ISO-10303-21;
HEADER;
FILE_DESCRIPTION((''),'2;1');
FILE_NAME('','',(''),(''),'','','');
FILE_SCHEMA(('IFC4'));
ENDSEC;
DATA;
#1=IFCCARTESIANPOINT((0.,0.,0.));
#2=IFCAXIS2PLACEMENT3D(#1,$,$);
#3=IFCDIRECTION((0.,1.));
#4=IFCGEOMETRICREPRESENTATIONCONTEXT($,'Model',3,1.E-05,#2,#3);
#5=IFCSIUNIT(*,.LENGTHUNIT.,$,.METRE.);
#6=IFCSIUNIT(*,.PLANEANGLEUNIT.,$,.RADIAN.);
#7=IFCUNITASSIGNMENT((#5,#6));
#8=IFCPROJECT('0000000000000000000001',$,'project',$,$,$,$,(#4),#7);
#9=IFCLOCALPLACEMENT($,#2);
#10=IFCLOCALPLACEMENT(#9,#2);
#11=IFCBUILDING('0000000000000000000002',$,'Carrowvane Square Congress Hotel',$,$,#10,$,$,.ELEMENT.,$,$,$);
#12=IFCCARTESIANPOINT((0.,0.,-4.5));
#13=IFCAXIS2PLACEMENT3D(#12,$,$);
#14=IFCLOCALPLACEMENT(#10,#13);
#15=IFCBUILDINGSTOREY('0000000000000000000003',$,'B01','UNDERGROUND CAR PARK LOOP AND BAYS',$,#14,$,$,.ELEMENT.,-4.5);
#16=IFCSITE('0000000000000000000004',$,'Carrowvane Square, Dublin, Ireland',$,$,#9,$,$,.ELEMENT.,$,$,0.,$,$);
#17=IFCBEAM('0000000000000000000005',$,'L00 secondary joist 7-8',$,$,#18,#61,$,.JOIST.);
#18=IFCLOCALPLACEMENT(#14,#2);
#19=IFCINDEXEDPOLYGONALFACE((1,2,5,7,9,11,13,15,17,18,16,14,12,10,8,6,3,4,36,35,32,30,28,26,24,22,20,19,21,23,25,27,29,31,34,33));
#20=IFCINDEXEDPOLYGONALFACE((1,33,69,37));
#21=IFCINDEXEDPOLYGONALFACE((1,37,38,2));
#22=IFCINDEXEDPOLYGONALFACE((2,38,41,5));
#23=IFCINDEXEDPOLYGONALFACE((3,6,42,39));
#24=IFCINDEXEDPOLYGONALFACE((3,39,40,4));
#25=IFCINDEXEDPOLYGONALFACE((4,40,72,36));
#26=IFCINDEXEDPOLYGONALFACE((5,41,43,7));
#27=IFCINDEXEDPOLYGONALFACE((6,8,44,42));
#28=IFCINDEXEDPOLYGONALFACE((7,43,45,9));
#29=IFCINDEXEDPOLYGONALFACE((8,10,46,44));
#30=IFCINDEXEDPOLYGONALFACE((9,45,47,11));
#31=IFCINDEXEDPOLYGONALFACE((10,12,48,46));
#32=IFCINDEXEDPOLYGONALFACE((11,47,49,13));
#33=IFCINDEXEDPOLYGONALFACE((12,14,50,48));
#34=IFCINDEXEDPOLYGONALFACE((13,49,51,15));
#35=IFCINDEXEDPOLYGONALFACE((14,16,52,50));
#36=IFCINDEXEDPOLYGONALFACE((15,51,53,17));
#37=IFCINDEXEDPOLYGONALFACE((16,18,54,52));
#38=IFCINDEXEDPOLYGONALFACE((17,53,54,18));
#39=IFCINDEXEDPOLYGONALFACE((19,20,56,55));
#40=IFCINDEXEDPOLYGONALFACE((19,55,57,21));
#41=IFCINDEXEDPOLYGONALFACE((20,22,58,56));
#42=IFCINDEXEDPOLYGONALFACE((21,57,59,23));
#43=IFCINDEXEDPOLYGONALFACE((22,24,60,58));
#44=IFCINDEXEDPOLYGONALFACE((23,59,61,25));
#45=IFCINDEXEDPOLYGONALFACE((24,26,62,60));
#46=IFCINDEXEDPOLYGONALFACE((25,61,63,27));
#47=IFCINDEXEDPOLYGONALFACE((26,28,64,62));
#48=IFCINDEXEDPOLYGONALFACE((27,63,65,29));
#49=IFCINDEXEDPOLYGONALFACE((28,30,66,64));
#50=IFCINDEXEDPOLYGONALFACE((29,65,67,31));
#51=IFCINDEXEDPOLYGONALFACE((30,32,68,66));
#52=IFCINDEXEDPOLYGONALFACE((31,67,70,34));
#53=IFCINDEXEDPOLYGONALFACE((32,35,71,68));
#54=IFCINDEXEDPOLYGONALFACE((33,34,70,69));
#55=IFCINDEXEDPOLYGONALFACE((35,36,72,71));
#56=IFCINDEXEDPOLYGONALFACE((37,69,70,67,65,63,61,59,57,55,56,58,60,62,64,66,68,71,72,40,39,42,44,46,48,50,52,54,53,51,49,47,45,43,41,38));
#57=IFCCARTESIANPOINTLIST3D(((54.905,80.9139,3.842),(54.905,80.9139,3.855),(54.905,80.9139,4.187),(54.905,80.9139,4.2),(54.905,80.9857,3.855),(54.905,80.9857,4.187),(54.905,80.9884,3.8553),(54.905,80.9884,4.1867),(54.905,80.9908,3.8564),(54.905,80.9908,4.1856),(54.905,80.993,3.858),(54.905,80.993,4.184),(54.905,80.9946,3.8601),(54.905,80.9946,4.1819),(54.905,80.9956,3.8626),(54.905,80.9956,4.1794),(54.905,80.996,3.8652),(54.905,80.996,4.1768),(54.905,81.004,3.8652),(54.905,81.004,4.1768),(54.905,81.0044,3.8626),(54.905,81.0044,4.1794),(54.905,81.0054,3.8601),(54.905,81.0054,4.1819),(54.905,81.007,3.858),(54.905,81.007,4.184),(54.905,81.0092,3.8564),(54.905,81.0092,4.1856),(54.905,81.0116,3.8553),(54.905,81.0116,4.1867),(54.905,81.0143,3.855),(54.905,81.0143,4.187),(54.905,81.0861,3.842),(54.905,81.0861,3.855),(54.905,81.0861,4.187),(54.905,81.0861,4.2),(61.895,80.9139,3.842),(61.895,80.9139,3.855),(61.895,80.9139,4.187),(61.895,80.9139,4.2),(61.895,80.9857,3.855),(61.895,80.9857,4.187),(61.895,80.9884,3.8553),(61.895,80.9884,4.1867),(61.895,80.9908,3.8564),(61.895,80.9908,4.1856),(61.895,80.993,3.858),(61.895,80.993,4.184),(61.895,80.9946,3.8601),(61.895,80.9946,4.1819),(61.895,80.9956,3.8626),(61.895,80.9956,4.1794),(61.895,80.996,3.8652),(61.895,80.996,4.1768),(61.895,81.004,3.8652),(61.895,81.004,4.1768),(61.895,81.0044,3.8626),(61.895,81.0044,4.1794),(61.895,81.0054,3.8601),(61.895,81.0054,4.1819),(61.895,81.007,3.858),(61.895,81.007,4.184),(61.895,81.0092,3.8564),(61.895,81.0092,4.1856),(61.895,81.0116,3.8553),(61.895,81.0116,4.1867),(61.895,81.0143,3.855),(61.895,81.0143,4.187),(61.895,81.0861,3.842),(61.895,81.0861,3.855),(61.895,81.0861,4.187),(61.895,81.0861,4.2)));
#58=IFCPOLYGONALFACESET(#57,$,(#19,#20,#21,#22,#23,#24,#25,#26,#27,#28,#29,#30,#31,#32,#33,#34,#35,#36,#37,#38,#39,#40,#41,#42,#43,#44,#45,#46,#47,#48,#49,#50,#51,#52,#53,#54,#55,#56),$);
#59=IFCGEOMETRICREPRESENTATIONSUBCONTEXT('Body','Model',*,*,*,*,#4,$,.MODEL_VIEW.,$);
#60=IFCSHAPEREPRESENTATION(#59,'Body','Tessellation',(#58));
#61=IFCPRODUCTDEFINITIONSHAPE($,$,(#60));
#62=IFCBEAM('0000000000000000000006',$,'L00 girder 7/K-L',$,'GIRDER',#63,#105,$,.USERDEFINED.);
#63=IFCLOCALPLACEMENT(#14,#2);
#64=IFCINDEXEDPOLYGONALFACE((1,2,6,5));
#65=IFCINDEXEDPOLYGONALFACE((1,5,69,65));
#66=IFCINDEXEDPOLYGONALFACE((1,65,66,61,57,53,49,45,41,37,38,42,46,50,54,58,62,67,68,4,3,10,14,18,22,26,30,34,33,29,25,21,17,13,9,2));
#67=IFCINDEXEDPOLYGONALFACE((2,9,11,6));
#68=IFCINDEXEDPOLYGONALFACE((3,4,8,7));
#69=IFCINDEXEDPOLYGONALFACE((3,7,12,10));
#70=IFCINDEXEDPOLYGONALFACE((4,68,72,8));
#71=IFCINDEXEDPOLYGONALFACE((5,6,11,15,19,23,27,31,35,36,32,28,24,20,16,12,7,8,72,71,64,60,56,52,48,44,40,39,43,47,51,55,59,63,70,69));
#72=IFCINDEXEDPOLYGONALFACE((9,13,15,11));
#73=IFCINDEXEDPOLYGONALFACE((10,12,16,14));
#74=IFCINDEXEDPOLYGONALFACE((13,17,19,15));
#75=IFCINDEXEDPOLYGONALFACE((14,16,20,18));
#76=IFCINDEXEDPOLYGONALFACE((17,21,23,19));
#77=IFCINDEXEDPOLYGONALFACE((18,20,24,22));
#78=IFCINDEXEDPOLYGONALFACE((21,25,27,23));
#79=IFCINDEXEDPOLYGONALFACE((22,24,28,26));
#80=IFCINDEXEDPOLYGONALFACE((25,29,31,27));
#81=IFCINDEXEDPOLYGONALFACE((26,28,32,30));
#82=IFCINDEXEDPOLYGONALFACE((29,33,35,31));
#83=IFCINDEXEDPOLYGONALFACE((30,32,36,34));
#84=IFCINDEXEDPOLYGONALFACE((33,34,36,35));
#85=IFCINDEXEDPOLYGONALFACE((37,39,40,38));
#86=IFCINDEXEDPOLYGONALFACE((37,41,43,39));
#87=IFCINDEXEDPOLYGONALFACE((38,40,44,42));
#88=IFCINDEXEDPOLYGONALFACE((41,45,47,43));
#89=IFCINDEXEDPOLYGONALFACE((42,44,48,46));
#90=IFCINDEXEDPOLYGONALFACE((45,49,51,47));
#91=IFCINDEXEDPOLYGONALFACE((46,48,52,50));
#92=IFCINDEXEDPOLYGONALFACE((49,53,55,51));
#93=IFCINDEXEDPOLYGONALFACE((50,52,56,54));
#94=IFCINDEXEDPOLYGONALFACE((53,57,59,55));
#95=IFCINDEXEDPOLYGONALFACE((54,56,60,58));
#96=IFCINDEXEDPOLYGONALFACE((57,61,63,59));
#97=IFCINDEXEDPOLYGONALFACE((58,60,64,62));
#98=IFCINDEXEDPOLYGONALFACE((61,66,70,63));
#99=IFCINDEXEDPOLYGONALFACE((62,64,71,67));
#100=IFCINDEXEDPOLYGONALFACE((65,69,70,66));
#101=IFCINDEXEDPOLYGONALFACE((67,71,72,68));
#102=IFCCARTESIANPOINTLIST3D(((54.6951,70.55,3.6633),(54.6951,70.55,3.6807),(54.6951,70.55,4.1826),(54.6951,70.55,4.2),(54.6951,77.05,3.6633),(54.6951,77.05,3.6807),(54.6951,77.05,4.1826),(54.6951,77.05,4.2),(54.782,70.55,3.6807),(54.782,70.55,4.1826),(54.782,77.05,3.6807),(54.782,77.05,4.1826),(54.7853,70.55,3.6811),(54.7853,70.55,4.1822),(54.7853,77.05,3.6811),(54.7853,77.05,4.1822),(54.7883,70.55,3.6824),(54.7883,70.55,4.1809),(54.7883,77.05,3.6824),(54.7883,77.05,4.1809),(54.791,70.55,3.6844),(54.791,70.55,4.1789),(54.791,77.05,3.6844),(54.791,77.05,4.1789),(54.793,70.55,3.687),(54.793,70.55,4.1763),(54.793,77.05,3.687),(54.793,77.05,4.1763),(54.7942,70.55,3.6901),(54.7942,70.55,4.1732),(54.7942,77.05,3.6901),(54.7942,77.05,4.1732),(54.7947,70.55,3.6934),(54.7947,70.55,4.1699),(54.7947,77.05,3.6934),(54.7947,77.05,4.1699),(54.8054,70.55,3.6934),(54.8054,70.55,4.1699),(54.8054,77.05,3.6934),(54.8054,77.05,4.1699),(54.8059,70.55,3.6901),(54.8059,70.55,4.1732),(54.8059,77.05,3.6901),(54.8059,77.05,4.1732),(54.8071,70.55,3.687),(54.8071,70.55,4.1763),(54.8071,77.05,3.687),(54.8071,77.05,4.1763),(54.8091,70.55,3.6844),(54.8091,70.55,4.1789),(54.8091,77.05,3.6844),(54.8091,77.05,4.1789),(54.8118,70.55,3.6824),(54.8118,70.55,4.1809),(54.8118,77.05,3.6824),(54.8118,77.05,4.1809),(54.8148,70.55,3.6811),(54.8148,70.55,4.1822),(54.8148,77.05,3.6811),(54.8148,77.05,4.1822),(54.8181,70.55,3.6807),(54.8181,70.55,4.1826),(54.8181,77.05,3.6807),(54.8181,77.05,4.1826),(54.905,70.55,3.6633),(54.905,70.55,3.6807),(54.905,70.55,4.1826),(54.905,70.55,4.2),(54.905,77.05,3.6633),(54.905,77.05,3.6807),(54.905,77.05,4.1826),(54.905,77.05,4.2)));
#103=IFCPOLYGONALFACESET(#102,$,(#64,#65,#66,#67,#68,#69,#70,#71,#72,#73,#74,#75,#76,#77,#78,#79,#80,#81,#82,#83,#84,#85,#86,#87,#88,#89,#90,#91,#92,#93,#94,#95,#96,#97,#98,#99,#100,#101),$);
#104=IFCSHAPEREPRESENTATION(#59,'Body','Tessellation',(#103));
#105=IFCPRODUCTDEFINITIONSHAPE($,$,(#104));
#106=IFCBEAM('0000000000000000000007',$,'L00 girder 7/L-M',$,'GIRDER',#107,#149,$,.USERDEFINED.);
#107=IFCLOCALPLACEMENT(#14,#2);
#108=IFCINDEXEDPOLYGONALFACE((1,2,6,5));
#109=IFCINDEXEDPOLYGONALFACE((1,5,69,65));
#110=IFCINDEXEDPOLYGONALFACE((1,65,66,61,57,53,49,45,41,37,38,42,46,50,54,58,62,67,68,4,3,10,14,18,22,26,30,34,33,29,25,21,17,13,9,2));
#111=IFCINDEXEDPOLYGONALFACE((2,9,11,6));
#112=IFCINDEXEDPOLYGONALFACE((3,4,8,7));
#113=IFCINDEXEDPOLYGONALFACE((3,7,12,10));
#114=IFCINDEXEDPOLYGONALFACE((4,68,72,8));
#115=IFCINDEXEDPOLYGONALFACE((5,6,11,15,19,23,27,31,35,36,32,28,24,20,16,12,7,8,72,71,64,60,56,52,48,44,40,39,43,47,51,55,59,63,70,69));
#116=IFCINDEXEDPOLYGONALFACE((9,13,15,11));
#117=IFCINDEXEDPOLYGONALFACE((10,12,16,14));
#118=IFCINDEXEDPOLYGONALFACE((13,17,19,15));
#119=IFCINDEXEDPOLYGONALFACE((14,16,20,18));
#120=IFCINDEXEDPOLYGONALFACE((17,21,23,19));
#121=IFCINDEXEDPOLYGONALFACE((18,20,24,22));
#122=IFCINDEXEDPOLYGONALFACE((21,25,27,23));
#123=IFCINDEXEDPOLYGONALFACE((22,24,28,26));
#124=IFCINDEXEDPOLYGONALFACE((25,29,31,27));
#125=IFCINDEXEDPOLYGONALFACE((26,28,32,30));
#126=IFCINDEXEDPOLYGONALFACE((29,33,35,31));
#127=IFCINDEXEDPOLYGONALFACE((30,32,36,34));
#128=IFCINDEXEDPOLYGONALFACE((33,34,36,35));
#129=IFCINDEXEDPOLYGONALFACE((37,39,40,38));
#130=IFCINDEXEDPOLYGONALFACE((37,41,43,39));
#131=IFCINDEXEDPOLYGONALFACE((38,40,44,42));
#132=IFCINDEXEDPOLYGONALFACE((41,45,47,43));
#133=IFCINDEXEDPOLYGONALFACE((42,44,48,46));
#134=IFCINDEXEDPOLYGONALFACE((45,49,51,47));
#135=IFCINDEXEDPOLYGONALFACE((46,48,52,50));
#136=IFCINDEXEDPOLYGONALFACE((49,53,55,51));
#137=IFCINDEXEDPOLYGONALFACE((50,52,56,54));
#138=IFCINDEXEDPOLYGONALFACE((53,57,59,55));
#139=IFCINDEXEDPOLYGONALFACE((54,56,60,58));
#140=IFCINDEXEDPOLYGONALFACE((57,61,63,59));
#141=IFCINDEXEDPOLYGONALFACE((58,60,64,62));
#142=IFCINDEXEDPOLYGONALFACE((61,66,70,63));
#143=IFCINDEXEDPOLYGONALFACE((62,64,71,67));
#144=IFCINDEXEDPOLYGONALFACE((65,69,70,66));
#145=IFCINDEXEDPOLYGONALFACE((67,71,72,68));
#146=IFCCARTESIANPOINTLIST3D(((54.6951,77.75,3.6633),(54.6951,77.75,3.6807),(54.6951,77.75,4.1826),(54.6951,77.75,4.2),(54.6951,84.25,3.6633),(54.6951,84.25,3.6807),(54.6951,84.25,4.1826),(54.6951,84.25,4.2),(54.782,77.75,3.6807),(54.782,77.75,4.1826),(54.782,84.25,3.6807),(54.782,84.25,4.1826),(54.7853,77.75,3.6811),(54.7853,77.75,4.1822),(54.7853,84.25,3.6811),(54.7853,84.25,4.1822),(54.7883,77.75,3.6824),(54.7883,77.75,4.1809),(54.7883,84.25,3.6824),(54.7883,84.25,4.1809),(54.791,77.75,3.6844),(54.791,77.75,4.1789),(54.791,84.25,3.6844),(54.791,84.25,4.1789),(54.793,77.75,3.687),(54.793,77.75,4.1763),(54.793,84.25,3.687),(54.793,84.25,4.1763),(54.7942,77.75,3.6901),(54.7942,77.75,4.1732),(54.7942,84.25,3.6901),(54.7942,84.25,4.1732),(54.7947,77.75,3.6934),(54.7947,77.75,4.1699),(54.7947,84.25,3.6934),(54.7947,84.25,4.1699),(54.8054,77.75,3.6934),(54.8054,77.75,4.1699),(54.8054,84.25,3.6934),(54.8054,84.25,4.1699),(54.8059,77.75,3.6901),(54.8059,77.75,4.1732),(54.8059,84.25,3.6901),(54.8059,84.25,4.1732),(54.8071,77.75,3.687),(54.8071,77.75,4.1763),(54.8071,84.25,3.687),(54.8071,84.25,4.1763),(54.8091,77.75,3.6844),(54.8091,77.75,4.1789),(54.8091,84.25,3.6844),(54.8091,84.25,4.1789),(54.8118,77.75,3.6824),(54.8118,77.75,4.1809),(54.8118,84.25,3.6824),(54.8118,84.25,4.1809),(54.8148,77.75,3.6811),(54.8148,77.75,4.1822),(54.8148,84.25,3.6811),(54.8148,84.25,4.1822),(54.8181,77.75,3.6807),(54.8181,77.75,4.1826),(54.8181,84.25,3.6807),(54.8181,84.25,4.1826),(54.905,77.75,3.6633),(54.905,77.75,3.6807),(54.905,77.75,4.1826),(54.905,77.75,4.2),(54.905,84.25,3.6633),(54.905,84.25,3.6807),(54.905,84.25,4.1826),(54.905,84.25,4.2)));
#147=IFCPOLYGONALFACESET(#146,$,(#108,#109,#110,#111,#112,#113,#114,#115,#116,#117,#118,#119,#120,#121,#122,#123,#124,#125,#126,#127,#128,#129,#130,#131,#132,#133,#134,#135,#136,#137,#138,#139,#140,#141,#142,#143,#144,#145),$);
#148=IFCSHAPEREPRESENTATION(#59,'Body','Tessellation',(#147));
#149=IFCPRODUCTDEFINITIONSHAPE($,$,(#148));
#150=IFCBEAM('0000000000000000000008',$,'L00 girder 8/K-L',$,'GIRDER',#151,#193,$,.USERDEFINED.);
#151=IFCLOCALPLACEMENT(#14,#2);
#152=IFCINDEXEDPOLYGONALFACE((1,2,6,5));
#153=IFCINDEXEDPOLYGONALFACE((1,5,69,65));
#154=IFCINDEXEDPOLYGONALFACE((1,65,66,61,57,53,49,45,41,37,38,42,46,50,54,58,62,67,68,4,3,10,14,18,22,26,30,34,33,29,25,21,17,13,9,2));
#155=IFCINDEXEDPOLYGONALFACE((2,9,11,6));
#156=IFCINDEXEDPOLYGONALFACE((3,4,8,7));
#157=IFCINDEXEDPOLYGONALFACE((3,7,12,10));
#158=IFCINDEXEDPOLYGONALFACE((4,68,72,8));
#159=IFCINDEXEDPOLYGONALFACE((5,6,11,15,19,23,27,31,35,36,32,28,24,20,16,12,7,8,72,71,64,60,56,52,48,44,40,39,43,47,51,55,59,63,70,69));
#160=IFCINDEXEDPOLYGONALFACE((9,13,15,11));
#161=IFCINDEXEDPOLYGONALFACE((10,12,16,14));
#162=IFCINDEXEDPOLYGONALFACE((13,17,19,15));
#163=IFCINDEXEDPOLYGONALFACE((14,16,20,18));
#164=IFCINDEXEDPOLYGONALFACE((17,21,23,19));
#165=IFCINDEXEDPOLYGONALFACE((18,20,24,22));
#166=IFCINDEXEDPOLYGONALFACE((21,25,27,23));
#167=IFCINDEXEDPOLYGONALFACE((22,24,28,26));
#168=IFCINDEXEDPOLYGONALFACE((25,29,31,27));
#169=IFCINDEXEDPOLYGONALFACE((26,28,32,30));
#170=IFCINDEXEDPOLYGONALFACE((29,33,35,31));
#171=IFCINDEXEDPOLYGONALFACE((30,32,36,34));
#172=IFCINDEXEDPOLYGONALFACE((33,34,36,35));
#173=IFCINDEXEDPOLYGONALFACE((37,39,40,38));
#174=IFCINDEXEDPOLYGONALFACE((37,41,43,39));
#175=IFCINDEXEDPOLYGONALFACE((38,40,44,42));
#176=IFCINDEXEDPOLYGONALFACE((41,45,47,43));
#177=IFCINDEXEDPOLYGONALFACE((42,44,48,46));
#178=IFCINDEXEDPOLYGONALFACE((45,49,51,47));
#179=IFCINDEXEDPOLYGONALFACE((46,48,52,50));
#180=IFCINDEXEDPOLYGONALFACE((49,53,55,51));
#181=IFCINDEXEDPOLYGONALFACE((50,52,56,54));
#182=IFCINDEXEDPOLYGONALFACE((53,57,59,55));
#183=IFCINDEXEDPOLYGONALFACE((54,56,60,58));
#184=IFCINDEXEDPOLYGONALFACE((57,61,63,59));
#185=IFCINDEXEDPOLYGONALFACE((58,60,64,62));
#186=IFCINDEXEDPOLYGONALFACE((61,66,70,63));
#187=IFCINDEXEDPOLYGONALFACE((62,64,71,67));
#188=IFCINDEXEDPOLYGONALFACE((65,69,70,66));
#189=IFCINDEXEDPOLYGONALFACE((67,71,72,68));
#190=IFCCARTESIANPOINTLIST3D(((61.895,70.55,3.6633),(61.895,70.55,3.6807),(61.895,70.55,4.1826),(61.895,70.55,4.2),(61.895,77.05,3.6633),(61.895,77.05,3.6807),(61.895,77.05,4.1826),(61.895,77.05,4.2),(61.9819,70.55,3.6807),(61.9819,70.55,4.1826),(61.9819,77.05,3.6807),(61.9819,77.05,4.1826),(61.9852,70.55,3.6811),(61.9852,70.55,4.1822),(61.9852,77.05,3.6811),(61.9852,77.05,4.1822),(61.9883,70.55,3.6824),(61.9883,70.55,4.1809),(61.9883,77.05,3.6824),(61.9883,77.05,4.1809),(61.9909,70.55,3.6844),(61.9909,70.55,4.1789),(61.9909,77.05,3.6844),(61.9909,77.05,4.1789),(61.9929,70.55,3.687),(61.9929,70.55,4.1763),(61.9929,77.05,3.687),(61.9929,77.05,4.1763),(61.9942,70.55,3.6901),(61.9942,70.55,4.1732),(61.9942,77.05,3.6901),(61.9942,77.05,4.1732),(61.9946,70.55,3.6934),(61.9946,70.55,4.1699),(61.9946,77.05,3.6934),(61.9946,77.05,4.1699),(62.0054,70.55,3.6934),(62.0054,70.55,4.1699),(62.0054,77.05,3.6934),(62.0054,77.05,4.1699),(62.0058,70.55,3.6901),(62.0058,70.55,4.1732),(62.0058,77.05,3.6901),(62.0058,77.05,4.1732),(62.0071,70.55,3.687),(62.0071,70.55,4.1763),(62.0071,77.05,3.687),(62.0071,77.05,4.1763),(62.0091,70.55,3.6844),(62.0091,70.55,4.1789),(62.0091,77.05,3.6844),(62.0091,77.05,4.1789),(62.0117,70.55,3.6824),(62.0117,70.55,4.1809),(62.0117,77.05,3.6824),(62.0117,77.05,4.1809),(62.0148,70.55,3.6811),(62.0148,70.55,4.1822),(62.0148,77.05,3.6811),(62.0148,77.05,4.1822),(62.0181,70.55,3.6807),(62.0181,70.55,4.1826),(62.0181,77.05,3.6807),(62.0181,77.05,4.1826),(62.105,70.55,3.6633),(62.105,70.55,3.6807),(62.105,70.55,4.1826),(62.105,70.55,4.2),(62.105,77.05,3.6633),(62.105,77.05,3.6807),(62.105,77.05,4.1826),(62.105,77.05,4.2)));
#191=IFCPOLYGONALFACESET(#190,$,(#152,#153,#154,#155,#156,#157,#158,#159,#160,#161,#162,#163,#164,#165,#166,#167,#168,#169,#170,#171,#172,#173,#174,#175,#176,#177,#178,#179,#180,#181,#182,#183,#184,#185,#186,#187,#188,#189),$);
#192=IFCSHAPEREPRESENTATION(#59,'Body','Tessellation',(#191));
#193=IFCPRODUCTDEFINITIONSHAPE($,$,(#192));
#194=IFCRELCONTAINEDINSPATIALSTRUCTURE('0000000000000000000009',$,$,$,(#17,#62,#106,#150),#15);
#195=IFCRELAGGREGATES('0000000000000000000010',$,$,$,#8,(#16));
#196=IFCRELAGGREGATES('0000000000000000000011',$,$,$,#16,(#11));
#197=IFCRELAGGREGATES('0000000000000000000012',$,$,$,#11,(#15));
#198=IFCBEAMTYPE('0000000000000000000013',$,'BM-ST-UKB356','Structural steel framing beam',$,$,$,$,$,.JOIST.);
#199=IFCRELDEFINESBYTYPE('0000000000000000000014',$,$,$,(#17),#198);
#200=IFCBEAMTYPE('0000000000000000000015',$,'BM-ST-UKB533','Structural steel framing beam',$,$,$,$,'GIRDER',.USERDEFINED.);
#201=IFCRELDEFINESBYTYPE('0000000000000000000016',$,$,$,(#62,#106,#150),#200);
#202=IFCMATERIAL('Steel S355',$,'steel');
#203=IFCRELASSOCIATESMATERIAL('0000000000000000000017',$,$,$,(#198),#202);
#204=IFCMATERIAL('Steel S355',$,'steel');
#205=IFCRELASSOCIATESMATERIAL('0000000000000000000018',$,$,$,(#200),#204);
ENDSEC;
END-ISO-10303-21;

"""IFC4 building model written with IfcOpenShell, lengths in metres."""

from ifc_helpers import new_model, si_unit, direction, frame, origin, origin_2d, place, context, subcontext, project, spatial, i_section, extrude, material, material_profile, profile_set, type_object, element, save


model = new_model("IFC4")

# Units and contexts
model_context = context("Model", 3, precision=1e-05, world=origin(), true_north=direction((0.0, 1.0)))
body_context = subcontext(model_context, "Body", "Model", "MODEL_VIEW")
ifc_project = project(units=[si_unit("LENGTHUNIT", "METRE"), si_unit("PLANEANGLEUNIT", "RADIAN")], contexts=[model_context])

# Site, building, storey
site_placement = place(None, origin())
site = spatial("IfcSite", under=ifc_project, at=site_placement, Name="Carrowvane Square, Dublin, Ireland", CompositionType="ELEMENT", RefElevation=0.0)
building_placement = place(site_placement, origin())
building = spatial("IfcBuilding", under=site, at=building_placement, Name="Carrowvane Square Congress Hotel", CompositionType="ELEMENT")
storey_placement = place(building_placement, frame((0.0, 0.0, -4.5)))
storey = spatial("IfcBuildingStorey", under=building, at=storey_placement, Name="B01", Description="UNDERGROUND CAR PARK LOOP AND BAYS", CompositionType="ELEMENT", Elevation=-4.5)

# Beams
ifc_material_1 = material(Name="Steel S355", Category="steel")
ifc_material_profile_1 = material_profile(ifc_material_1, i_section(OverallWidth=0.1721, OverallDepth=0.3579, WebThickness=0.0081, FlangeThickness=0.0129, FilletRadius=0.0103, at=origin_2d()), Name="UKB 356x171x57")
ifc_profile_set_1 = profile_set([ifc_material_profile_1], Name="Steel S355")
beam_type_1 = type_object("IfcBeamType", Name="BM-ST-UKB356", Description="Structural steel framing beam", PredefinedType="JOIST", material=ifc_profile_set_1)
for number, where, z_axis, x_axis, name in (
    (1, (54.905, 81.0, 4.021), (1.0, 0.0, 0.0), (0.0, 1.0, 0.0), "L00 secondary joist 7-8"),
):
    element("IfcBeam", number, at=place(storey_placement, frame(where, z_axis=z_axis, x_axis=x_axis)), inside=storey, type_object=beam_type_1, Name=name, PredefinedType="JOIST", context=body_context, shape_type="SweptSolid", body=[
        extrude(i_section(OverallWidth=0.1721, OverallDepth=0.3579, WebThickness=0.0081, FlangeThickness=0.0129, FilletRadius=0.0103, at=origin_2d()), origin(), (0.0, 0.0, 1.0), 6.99),
    ])
ifc_material_2 = material(Name="Steel S355", Category="steel")
ifc_material_profile_2 = material_profile(ifc_material_2, i_section(OverallWidth=0.21, OverallDepth=0.5366, WebThickness=0.0107, FlangeThickness=0.0173, FilletRadius=0.0127, at=origin_2d()), Name="UKB 533x210x101")
ifc_profile_set_2 = profile_set([ifc_material_profile_2], Name="Steel S355")
beam_type_2 = type_object("IfcBeamType", Name="BM-ST-UKB533", Description="Structural steel framing beam", ElementType="GIRDER", PredefinedType="USERDEFINED", material=ifc_profile_set_2)
for number, where, z_axis, x_axis, name in (
    (2, (54.8, 70.55, 3.9316), (0.0, 1.0, 0.0), (-1.0, 0.0, 0.0), "L00 girder 7/K-L"),
    (3, (54.8, 77.75, 3.9316), (0.0, 1.0, 0.0), (-1.0, 0.0, 0.0), "L00 girder 7/L-M"),
    (4, (62.0, 70.55, 3.9316), (0.0, 1.0, 0.0), (-1.0, 0.0, 0.0), "L00 girder 8/K-L"),
):
    element("IfcBeam", number, at=place(storey_placement, frame(where, z_axis=z_axis, x_axis=x_axis)), inside=storey, type_object=beam_type_2, Name=name, ObjectType="GIRDER", PredefinedType="USERDEFINED", context=body_context, shape_type="SweptSolid", body=[
        extrude(i_section(OverallWidth=0.21, OverallDepth=0.5366, WebThickness=0.0107, FlangeThickness=0.0173, FilletRadius=0.0127, at=origin_2d()), origin(), (0.0, 0.0, 1.0), 6.5),
    ])

save(model, "model.ifc")
